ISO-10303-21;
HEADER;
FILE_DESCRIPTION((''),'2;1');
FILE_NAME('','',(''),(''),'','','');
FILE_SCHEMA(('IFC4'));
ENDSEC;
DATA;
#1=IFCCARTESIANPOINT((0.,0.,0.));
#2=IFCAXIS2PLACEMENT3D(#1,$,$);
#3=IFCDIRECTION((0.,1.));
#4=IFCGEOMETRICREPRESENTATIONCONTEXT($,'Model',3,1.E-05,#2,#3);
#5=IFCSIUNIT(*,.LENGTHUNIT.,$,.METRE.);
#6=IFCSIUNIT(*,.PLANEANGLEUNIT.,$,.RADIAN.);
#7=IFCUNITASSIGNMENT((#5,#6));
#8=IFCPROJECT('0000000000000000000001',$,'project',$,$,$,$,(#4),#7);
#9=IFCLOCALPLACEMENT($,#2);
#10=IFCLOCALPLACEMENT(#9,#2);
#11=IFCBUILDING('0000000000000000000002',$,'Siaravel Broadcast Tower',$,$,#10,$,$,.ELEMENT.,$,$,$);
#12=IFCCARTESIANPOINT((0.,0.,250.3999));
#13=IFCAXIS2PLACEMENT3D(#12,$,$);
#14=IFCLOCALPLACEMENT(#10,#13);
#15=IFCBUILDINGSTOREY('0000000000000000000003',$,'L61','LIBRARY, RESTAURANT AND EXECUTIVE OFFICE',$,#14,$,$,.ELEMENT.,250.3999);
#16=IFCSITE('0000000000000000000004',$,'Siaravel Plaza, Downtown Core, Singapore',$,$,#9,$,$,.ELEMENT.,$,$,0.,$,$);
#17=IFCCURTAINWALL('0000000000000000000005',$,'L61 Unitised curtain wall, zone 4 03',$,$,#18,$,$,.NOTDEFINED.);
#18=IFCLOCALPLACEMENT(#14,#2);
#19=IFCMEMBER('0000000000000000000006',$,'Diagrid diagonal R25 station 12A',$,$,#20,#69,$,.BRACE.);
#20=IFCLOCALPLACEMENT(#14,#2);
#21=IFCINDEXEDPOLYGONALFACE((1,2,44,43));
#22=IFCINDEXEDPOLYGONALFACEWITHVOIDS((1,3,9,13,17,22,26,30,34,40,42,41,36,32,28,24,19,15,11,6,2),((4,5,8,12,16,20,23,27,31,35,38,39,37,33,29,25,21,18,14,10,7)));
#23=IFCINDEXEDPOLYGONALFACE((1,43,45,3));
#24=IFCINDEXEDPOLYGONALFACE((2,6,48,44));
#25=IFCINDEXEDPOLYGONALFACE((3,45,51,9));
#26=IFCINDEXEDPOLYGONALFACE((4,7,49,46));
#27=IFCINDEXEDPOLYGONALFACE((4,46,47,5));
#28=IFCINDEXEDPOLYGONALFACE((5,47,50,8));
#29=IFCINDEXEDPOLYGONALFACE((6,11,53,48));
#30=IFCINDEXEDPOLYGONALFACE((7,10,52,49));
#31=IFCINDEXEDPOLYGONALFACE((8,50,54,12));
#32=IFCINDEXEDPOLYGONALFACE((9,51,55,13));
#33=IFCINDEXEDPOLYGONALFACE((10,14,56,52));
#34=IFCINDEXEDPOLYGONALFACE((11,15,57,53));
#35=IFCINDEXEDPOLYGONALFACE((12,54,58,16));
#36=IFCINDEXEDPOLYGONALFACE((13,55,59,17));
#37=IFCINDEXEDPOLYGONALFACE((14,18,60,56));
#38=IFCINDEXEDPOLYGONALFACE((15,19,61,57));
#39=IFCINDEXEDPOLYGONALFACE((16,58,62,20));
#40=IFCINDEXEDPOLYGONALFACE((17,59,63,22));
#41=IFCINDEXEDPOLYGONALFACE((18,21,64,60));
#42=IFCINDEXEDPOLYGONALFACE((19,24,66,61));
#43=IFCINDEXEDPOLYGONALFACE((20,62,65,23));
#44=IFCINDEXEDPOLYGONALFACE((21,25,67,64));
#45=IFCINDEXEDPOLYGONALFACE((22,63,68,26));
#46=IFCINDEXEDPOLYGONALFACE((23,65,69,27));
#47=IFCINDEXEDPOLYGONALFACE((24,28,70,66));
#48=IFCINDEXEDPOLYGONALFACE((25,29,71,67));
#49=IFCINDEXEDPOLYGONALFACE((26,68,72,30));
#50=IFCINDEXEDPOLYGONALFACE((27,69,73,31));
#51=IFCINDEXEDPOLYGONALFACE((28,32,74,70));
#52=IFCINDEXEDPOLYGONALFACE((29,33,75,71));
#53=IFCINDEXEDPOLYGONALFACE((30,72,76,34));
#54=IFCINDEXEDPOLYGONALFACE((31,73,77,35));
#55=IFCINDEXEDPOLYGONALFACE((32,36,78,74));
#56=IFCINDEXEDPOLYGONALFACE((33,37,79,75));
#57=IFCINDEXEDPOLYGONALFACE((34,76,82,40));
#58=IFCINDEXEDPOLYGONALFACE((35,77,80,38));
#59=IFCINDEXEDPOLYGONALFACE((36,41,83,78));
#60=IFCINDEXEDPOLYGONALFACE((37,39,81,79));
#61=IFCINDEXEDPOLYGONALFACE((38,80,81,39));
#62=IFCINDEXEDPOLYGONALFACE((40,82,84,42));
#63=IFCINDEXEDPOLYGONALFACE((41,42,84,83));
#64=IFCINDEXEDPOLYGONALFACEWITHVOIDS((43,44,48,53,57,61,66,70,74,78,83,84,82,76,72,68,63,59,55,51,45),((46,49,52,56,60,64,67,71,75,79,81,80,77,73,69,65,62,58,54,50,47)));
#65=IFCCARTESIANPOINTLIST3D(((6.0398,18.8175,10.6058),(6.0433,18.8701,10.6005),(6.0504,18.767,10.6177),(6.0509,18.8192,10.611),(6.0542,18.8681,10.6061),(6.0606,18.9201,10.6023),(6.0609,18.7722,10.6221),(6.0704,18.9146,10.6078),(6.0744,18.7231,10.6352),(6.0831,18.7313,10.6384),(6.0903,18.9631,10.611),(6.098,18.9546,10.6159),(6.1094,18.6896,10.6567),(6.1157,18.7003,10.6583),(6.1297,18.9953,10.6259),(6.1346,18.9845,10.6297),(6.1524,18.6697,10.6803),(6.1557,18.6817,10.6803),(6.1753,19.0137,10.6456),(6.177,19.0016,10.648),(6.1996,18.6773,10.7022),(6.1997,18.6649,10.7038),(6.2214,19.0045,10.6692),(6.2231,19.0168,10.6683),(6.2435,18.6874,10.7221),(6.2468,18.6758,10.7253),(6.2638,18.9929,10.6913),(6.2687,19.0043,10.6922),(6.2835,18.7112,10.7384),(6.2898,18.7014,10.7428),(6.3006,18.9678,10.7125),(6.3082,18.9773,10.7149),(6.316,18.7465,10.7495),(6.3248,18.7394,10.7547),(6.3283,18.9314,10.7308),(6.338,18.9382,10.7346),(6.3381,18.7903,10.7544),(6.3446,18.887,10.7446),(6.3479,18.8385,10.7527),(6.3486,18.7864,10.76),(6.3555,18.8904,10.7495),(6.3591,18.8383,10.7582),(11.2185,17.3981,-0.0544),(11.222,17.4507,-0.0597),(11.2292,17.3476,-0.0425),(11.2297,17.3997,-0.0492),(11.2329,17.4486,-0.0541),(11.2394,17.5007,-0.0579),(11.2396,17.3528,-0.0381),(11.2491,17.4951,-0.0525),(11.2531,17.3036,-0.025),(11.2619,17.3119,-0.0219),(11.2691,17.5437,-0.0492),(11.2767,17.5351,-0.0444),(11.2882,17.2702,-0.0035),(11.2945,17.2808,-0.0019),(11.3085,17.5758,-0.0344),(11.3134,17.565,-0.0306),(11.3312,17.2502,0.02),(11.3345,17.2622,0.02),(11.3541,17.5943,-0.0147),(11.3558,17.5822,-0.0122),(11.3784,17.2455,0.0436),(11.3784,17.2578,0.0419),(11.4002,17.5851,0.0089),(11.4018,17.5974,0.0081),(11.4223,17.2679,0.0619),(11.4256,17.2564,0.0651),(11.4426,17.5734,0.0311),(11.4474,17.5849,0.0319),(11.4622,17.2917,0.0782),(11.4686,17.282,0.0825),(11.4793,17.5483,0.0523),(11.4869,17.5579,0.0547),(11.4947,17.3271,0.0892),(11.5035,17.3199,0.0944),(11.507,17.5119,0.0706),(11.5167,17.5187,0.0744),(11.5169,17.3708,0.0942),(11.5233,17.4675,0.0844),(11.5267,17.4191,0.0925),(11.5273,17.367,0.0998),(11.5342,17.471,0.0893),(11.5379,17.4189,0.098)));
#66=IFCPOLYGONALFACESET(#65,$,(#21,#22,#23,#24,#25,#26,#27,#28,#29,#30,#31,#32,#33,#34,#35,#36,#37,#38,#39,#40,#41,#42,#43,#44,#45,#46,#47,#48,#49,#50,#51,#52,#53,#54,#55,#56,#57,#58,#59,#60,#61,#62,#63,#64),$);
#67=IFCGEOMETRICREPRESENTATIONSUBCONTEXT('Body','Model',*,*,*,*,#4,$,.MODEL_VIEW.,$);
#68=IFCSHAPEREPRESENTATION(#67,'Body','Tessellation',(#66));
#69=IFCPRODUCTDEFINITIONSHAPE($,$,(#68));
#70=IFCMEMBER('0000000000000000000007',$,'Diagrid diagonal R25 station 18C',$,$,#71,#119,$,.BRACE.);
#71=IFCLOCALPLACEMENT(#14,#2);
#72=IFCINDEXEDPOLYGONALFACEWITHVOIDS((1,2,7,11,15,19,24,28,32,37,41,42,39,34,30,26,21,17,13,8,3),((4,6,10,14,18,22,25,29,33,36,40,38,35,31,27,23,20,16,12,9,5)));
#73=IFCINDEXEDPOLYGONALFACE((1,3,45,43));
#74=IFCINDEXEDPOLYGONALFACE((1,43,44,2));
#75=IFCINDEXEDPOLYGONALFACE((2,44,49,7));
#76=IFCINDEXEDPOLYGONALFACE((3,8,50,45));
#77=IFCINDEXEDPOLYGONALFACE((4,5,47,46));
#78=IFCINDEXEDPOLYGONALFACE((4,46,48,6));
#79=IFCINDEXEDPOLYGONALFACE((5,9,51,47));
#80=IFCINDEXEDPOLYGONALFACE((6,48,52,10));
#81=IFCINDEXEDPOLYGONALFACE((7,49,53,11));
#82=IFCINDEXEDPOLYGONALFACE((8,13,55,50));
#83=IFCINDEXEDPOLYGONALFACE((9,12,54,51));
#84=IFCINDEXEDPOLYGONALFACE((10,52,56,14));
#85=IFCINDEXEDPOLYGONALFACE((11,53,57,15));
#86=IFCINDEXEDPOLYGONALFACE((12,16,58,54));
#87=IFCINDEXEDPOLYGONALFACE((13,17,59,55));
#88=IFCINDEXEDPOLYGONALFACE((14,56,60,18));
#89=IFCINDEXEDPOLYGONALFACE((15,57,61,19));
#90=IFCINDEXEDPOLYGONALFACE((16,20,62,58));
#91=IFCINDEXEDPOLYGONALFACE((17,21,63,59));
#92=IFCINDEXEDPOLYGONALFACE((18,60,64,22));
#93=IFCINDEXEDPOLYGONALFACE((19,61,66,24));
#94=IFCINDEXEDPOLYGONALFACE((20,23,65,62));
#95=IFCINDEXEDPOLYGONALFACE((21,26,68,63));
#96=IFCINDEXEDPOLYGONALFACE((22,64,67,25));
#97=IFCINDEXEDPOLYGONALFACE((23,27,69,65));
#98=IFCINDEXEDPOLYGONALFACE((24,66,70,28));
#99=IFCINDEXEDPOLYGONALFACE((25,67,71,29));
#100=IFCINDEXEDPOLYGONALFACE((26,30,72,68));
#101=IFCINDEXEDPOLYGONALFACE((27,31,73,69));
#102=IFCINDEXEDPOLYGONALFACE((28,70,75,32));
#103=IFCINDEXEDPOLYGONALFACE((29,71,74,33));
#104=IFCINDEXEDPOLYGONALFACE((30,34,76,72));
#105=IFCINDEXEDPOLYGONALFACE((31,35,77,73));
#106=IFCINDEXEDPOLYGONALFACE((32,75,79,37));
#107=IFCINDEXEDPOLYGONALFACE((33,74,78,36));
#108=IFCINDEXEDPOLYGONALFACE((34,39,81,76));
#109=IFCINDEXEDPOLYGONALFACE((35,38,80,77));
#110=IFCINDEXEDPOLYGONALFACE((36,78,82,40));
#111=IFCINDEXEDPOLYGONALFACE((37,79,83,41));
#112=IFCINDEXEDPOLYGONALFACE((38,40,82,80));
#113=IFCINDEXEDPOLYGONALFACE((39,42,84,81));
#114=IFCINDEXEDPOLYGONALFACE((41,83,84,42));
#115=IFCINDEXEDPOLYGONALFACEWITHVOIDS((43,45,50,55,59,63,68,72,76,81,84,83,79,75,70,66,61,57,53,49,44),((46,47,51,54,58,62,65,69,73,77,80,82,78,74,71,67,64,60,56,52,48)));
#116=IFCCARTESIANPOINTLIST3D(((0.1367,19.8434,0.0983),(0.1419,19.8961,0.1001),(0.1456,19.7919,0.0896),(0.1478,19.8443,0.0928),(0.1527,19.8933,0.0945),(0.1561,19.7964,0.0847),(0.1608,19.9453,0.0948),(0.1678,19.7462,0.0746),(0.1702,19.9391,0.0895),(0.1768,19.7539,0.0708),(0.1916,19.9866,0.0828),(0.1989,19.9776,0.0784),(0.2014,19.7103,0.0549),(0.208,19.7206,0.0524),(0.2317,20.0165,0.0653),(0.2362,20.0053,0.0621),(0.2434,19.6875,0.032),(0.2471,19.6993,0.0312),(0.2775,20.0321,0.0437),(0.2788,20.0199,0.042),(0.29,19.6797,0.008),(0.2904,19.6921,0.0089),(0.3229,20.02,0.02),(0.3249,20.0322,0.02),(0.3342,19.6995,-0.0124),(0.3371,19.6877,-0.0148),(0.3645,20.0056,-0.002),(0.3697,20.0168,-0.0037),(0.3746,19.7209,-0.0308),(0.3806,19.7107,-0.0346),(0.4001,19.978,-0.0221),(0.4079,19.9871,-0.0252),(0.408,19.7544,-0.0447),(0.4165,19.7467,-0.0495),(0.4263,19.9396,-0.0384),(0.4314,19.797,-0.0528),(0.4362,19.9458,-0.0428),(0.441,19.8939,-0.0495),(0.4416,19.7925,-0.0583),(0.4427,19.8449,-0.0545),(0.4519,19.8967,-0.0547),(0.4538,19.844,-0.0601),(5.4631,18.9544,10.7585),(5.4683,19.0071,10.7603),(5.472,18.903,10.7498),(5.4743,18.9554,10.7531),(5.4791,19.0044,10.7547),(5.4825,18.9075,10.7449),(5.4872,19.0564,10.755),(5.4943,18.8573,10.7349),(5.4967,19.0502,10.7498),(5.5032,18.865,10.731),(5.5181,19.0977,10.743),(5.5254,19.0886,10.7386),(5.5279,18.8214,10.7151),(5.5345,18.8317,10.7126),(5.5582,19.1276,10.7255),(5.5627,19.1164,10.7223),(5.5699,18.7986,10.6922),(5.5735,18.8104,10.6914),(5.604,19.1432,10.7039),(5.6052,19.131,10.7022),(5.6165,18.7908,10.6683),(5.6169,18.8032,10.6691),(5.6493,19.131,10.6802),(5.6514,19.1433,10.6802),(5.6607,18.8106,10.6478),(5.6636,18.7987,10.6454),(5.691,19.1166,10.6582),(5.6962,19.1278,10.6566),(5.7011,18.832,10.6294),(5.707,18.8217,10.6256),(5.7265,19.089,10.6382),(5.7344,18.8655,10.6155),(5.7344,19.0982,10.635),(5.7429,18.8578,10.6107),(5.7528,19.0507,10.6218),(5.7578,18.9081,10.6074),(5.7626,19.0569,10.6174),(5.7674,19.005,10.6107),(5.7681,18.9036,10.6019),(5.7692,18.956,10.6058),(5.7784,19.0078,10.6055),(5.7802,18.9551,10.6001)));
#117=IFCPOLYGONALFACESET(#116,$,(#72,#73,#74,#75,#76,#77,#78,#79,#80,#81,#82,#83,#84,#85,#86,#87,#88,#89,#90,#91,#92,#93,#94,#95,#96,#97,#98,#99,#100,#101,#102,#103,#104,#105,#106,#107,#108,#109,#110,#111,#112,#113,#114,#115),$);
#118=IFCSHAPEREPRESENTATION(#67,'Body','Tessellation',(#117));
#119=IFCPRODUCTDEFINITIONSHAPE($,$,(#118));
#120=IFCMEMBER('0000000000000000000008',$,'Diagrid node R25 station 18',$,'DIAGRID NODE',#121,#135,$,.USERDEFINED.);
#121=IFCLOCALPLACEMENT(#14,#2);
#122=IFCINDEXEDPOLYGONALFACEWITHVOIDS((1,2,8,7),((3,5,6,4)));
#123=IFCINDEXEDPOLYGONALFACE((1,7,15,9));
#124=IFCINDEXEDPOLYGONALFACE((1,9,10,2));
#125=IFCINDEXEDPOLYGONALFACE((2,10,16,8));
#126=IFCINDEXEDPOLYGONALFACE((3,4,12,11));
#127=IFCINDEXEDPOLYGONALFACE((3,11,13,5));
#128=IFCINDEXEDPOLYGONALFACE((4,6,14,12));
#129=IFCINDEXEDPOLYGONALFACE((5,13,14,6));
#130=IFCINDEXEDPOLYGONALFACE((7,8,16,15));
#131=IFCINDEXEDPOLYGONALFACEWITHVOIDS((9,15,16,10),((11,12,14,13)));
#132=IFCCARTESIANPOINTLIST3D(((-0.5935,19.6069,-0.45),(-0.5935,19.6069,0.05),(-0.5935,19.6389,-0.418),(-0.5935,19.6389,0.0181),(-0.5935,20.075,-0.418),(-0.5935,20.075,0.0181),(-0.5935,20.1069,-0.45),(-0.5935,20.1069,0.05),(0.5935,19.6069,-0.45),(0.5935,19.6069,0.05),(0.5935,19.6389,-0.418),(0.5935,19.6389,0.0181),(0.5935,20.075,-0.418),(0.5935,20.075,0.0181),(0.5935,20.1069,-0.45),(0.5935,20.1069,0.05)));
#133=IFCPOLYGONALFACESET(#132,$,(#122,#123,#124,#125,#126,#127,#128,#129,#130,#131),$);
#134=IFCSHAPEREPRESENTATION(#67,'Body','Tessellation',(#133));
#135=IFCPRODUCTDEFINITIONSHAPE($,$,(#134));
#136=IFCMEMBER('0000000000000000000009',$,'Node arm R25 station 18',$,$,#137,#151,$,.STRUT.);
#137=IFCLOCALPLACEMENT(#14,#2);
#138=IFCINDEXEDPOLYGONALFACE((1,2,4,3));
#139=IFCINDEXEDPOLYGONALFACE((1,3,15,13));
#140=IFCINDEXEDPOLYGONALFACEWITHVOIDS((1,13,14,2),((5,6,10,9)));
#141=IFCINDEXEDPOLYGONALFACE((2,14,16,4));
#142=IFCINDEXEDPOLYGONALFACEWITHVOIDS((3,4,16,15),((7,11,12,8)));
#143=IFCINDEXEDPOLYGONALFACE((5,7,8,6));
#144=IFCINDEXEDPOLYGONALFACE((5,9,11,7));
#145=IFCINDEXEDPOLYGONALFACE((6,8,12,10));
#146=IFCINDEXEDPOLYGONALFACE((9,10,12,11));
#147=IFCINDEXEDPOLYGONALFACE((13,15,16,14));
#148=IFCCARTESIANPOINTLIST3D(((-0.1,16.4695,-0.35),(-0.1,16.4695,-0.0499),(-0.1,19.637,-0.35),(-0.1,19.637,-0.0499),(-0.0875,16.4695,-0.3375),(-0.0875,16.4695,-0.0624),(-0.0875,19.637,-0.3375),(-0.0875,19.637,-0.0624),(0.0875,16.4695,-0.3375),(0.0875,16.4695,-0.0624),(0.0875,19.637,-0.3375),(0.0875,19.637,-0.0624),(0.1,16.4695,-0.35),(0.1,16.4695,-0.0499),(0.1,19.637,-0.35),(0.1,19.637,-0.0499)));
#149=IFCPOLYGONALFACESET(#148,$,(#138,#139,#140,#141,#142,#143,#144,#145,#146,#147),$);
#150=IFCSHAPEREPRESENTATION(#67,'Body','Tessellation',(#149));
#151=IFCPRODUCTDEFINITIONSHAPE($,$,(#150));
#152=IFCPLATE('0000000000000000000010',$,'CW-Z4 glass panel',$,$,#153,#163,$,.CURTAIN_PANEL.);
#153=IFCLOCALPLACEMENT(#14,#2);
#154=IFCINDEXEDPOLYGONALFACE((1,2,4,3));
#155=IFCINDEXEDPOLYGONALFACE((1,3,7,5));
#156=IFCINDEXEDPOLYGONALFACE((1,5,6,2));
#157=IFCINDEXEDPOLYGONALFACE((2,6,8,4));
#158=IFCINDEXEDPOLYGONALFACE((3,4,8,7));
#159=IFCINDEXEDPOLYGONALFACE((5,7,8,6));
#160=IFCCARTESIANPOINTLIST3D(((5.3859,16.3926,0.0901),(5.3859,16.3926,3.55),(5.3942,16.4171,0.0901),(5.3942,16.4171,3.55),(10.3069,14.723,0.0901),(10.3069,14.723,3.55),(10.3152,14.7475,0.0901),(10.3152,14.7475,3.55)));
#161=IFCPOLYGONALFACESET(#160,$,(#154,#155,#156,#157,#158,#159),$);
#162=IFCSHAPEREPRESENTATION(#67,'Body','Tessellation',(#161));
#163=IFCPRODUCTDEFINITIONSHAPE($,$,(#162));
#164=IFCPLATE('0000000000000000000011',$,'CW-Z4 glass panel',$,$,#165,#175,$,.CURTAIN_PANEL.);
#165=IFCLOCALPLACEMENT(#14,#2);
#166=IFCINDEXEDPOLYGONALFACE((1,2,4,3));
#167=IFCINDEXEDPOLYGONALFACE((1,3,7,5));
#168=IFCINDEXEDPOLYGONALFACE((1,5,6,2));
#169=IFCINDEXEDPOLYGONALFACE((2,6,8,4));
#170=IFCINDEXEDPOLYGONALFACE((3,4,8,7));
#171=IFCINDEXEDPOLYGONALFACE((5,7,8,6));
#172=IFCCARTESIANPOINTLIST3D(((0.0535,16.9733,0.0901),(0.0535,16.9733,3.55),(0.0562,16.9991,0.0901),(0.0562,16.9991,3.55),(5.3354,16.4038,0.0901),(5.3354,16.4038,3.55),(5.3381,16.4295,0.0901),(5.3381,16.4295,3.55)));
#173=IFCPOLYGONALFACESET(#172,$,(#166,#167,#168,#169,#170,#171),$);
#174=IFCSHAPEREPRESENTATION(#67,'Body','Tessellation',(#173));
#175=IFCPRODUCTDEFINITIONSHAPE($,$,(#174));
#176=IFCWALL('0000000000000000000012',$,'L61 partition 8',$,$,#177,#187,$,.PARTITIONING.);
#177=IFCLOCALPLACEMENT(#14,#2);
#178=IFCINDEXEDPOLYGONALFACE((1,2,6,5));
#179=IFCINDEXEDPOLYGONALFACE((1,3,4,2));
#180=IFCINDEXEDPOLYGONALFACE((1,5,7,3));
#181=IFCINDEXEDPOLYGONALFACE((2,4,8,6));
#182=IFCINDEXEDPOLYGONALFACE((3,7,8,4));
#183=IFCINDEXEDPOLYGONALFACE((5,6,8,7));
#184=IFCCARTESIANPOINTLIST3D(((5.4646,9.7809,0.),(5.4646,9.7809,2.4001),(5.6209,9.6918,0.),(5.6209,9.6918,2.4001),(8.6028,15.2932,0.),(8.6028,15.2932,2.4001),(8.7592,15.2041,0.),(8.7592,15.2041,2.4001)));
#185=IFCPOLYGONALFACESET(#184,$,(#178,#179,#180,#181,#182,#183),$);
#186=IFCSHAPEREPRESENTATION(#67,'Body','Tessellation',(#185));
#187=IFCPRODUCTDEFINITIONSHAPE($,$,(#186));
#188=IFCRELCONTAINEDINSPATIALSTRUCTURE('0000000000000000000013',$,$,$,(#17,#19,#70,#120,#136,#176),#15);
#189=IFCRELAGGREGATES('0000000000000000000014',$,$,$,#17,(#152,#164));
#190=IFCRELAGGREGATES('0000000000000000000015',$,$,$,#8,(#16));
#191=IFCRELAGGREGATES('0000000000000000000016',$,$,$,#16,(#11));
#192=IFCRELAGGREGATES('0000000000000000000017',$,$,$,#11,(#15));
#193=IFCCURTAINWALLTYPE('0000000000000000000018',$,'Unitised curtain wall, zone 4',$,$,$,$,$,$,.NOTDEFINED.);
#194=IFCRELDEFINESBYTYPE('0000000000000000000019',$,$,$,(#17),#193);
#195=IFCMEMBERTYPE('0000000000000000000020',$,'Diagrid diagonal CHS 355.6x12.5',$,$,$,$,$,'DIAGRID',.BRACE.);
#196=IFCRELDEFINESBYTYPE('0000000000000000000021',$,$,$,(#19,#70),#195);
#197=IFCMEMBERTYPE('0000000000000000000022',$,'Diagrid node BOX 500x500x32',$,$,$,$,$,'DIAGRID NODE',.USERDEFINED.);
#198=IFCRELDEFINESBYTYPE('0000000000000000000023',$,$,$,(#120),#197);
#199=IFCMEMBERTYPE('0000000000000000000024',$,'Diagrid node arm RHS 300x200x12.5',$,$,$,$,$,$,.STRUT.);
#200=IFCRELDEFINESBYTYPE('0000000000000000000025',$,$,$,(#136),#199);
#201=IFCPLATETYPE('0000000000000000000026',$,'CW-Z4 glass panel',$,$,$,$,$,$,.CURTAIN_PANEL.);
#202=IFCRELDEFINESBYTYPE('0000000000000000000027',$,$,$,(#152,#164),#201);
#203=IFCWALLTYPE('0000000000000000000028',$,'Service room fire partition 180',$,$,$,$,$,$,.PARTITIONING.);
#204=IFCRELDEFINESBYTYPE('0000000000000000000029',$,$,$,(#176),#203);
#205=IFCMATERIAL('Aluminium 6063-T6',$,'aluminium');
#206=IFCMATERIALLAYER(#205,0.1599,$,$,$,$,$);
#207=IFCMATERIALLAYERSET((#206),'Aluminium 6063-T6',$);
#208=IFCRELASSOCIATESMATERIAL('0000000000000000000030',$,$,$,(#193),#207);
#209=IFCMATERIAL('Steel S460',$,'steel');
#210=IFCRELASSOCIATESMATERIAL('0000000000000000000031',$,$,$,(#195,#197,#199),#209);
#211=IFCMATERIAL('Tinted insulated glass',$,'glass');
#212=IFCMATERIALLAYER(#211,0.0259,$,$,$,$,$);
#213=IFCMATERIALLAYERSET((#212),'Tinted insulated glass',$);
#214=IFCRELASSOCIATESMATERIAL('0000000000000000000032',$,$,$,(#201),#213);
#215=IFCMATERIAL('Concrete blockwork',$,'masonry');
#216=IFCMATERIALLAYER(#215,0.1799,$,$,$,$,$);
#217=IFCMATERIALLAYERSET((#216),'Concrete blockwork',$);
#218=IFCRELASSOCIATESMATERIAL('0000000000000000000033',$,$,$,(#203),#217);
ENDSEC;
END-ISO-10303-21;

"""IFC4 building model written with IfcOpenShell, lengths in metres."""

from ifc_helpers import new_model, si_unit, direction, frame, frame_2d, origin, origin_2d, place, context, subcontext, project, spatial, rectangle, hollow_rectangle, hollow_circle, extrude, material, layer, layer_set, material_profile, profile_set, type_object, element, aggregate, save


model = new_model("IFC4")

# Units and contexts
model_context = context("Model", 3, precision=1e-05, world=origin(), true_north=direction((0.0, 1.0)))
body_context = subcontext(model_context, "Body", "Model", "MODEL_VIEW")
ifc_project = project(units=[si_unit("LENGTHUNIT", "METRE"), si_unit("PLANEANGLEUNIT", "RADIAN")], contexts=[model_context])

# Site, building, storey
site_placement = place(None, origin())
site = spatial("IfcSite", under=ifc_project, at=site_placement, Name="Siaravel Plaza, Downtown Core, Singapore", CompositionType="ELEMENT", RefElevation=0.0)
building_placement = place(site_placement, origin())
building = spatial("IfcBuilding", under=site, at=building_placement, Name="Siaravel Broadcast Tower", CompositionType="ELEMENT")
storey_placement = place(building_placement, frame((0.0, 0.0, 250.3999)))
storey = spatial("IfcBuildingStorey", under=building, at=storey_placement, Name="L61", Description="LIBRARY, RESTAURANT AND EXECUTIVE OFFICE", CompositionType="ELEMENT", Elevation=250.3999)

# Curtain wall
ifc_material_1 = material(Name="Aluminium 6063-T6", Category="aluminium")
ifc_layer_1 = layer(ifc_material_1, 0.1599)
ifc_layer_set_1 = layer_set([ifc_layer_1], Name="Aluminium 6063-T6")
curtain_wall_type = type_object("IfcCurtainWallType", Name="Unitised curtain wall, zone 4", PredefinedType="NOTDEFINED", material=ifc_layer_set_1)
curtain_wall_placement = place(storey_placement, origin())
curtain_wall = element("IfcCurtainWall", 1, at=curtain_wall_placement, inside=storey, type_object=curtain_wall_type, Name="L61 Unitised curtain wall, zone 4 03", PredefinedType="NOTDEFINED")

# Members
ifc_material_2 = material(Name="Steel S460", Category="steel")
ifc_material_profile_1 = material_profile(ifc_material_2, hollow_circle(Radius=0.1777, WallThickness=0.0125, at=origin_2d()))
ifc_profile_set_1 = profile_set([ifc_material_profile_1], Name="Steel S460")
member_type_1 = type_object("IfcMemberType", Name="Diagrid diagonal CHS 355.6x12.5", ElementType="DIAGRID", PredefinedType="BRACE", material=ifc_profile_set_1)
member_1_placement = place(storey_placement, frame((11.3782, 17.4216, 0.02), z_axis=(-0.433866, 0.118918, 0.893095), x_axis=(-0.264341, -0.964429, 0.0)))
element("IfcMember", 2, at=member_1_placement, inside=storey, type_object=member_type_1, Name="Diagrid diagonal R25 station 12A", PredefinedType="BRACE", context=body_context, shape_type="SweptSolid", body=[
    extrude(hollow_circle(Radius=0.1777, WallThickness=0.0125, at=origin_2d()), origin(), (0.0, 0.0, 1.0), 11.9363),
])
member_2_placement = place(storey_placement, frame((0.2957, 19.8569, 0.02), z_axis=(0.445729, -0.074387, 0.892072), x_axis=(0.164612, 0.986358, 0.0)))
element("IfcMember", 3, at=member_2_placement, inside=storey, type_object=member_type_1, Name="Diagrid diagonal R25 station 18C", PredefinedType="BRACE", context=body_context, shape_type="SweptSolid", body=[
    extrude(hollow_circle(Radius=0.1777, WallThickness=0.0125, at=origin_2d()), origin(), (0.0, 0.0, 1.0), 11.95),
])
ifc_material_profile_2 = material_profile(ifc_material_2, hollow_rectangle(XDim=0.5, YDim=0.5, WallThickness=0.032, at=origin_2d()))
ifc_profile_set_2 = profile_set([ifc_material_profile_2], Name="Steel S460")
member_type_2 = type_object("IfcMemberType", Name="Diagrid node BOX 500x500x32", ElementType="DIAGRID NODE", PredefinedType="USERDEFINED", material=ifc_profile_set_2)
member_3_placement = place(storey_placement, frame((0.5935, 19.8569, -0.2), z_axis=(-1.0, 0.0, 0.0), x_axis=(0.0, -1.0, 0.0)))
element("IfcMember", 4, at=member_3_placement, inside=storey, type_object=member_type_2, Name="Diagrid node R25 station 18", ObjectType="DIAGRID NODE", PredefinedType="USERDEFINED", context=body_context, shape_type="SweptSolid", body=[
    extrude(hollow_rectangle(XDim=0.5, YDim=0.5, WallThickness=0.032, at=origin_2d()), origin(), (0.0, 0.0, 1.0), 1.187),
])
ifc_material_profile_3 = material_profile(ifc_material_2, hollow_rectangle(XDim=0.2, YDim=0.3, WallThickness=0.0125, at=origin_2d()))
ifc_profile_set_3 = profile_set([ifc_material_profile_3], Name="Steel S460")
member_type_3 = type_object("IfcMemberType", Name="Diagrid node arm RHS 300x200x12.5", PredefinedType="STRUT", material=ifc_profile_set_3)
member_4_placement = place(storey_placement, frame((0.0, 16.4695, -0.2), z_axis=(0.0, 1.0, 0.0), x_axis=(-1.0, 0.0, 0.0)))
element("IfcMember", 5, at=member_4_placement, inside=storey, type_object=member_type_3, Name="Node arm R25 station 18", PredefinedType="STRUT", context=body_context, shape_type="SweptSolid", body=[
    extrude(hollow_rectangle(XDim=0.2, YDim=0.3, WallThickness=0.0125, at=origin_2d()), origin(), (0.0, 0.0, 1.0), 3.1675),
])

# Plates
ifc_material_3 = material(Name="Tinted insulated glass", Category="glass")
ifc_layer_2 = layer(ifc_material_3, 0.0259)
ifc_layer_set_2 = layer_set([ifc_layer_2], Name="Tinted insulated glass")
plate_type = type_object("IfcPlateType", Name="CW-Z4 glass panel", PredefinedType="CURTAIN_PANEL", material=ifc_layer_set_2)
plate_1_placement = place(storey_placement, frame((7.8506, 15.5701, 0.0901), z_axis=(0.0, 0.0, 1.0), x_axis=(-0.946977, 0.321302, 0.0)))
plate_1 = element("IfcPlate", 6, at=plate_1_placement, type_object=plate_type, Name="CW-Z4 glass panel", PredefinedType="CURTAIN_PANEL", context=body_context, shape_type="SweptSolid", body=[
    extrude(rectangle(XDim=5.1965, YDim=0.0259, at=origin_2d()), origin(), (0.0, 0.0, 1.0), 3.46),
])
plate_2_placement = place(storey_placement, frame((2.6958, 16.7014, 0.0901), z_axis=(0.0, 0.0, 1.0), x_axis=(-0.994236, 0.107218, 0.0)))
plate_2 = element("IfcPlate", 7, at=plate_2_placement, type_object=plate_type, Name="CW-Z4 glass panel", PredefinedType="CURTAIN_PANEL", context=body_context, shape_type="SweptSolid", body=[
    extrude(rectangle(XDim=5.3125, YDim=0.0259, at=origin_2d()), origin(), (0.0, 0.0, 1.0), 3.46),
])
aggregate(curtain_wall, [plate_1, plate_2])

# Wall
ifc_material_4 = material(Name="Concrete blockwork", Category="masonry")
ifc_layer_3 = layer(ifc_material_4, 0.1799)
ifc_layer_set_3 = layer_set([ifc_layer_3], Name="Concrete blockwork")
wall_type = type_object("IfcWallType", Name="Service room fire partition 180", PredefinedType="PARTITIONING", material=ifc_layer_set_3)
wall_placement = place(storey_placement, frame((8.6809, 15.2485, 0.0), z_axis=(0.0, 0.0, 1.0), x_axis=(-0.494754, -0.869033, 0.0)))
element("IfcWall", 8, at=wall_placement, inside=storey, type_object=wall_type, Name="L61 partition 8", PredefinedType="PARTITIONING", context=body_context, shape_type="SweptSolid", body=[
    extrude(rectangle(XDim=6.343, YDim=0.1799, at=frame_2d((3.1714, 0.0))), origin(), (0.0, 0.0, 1.0), 2.4001),
])

save(model, "model.ifc")
